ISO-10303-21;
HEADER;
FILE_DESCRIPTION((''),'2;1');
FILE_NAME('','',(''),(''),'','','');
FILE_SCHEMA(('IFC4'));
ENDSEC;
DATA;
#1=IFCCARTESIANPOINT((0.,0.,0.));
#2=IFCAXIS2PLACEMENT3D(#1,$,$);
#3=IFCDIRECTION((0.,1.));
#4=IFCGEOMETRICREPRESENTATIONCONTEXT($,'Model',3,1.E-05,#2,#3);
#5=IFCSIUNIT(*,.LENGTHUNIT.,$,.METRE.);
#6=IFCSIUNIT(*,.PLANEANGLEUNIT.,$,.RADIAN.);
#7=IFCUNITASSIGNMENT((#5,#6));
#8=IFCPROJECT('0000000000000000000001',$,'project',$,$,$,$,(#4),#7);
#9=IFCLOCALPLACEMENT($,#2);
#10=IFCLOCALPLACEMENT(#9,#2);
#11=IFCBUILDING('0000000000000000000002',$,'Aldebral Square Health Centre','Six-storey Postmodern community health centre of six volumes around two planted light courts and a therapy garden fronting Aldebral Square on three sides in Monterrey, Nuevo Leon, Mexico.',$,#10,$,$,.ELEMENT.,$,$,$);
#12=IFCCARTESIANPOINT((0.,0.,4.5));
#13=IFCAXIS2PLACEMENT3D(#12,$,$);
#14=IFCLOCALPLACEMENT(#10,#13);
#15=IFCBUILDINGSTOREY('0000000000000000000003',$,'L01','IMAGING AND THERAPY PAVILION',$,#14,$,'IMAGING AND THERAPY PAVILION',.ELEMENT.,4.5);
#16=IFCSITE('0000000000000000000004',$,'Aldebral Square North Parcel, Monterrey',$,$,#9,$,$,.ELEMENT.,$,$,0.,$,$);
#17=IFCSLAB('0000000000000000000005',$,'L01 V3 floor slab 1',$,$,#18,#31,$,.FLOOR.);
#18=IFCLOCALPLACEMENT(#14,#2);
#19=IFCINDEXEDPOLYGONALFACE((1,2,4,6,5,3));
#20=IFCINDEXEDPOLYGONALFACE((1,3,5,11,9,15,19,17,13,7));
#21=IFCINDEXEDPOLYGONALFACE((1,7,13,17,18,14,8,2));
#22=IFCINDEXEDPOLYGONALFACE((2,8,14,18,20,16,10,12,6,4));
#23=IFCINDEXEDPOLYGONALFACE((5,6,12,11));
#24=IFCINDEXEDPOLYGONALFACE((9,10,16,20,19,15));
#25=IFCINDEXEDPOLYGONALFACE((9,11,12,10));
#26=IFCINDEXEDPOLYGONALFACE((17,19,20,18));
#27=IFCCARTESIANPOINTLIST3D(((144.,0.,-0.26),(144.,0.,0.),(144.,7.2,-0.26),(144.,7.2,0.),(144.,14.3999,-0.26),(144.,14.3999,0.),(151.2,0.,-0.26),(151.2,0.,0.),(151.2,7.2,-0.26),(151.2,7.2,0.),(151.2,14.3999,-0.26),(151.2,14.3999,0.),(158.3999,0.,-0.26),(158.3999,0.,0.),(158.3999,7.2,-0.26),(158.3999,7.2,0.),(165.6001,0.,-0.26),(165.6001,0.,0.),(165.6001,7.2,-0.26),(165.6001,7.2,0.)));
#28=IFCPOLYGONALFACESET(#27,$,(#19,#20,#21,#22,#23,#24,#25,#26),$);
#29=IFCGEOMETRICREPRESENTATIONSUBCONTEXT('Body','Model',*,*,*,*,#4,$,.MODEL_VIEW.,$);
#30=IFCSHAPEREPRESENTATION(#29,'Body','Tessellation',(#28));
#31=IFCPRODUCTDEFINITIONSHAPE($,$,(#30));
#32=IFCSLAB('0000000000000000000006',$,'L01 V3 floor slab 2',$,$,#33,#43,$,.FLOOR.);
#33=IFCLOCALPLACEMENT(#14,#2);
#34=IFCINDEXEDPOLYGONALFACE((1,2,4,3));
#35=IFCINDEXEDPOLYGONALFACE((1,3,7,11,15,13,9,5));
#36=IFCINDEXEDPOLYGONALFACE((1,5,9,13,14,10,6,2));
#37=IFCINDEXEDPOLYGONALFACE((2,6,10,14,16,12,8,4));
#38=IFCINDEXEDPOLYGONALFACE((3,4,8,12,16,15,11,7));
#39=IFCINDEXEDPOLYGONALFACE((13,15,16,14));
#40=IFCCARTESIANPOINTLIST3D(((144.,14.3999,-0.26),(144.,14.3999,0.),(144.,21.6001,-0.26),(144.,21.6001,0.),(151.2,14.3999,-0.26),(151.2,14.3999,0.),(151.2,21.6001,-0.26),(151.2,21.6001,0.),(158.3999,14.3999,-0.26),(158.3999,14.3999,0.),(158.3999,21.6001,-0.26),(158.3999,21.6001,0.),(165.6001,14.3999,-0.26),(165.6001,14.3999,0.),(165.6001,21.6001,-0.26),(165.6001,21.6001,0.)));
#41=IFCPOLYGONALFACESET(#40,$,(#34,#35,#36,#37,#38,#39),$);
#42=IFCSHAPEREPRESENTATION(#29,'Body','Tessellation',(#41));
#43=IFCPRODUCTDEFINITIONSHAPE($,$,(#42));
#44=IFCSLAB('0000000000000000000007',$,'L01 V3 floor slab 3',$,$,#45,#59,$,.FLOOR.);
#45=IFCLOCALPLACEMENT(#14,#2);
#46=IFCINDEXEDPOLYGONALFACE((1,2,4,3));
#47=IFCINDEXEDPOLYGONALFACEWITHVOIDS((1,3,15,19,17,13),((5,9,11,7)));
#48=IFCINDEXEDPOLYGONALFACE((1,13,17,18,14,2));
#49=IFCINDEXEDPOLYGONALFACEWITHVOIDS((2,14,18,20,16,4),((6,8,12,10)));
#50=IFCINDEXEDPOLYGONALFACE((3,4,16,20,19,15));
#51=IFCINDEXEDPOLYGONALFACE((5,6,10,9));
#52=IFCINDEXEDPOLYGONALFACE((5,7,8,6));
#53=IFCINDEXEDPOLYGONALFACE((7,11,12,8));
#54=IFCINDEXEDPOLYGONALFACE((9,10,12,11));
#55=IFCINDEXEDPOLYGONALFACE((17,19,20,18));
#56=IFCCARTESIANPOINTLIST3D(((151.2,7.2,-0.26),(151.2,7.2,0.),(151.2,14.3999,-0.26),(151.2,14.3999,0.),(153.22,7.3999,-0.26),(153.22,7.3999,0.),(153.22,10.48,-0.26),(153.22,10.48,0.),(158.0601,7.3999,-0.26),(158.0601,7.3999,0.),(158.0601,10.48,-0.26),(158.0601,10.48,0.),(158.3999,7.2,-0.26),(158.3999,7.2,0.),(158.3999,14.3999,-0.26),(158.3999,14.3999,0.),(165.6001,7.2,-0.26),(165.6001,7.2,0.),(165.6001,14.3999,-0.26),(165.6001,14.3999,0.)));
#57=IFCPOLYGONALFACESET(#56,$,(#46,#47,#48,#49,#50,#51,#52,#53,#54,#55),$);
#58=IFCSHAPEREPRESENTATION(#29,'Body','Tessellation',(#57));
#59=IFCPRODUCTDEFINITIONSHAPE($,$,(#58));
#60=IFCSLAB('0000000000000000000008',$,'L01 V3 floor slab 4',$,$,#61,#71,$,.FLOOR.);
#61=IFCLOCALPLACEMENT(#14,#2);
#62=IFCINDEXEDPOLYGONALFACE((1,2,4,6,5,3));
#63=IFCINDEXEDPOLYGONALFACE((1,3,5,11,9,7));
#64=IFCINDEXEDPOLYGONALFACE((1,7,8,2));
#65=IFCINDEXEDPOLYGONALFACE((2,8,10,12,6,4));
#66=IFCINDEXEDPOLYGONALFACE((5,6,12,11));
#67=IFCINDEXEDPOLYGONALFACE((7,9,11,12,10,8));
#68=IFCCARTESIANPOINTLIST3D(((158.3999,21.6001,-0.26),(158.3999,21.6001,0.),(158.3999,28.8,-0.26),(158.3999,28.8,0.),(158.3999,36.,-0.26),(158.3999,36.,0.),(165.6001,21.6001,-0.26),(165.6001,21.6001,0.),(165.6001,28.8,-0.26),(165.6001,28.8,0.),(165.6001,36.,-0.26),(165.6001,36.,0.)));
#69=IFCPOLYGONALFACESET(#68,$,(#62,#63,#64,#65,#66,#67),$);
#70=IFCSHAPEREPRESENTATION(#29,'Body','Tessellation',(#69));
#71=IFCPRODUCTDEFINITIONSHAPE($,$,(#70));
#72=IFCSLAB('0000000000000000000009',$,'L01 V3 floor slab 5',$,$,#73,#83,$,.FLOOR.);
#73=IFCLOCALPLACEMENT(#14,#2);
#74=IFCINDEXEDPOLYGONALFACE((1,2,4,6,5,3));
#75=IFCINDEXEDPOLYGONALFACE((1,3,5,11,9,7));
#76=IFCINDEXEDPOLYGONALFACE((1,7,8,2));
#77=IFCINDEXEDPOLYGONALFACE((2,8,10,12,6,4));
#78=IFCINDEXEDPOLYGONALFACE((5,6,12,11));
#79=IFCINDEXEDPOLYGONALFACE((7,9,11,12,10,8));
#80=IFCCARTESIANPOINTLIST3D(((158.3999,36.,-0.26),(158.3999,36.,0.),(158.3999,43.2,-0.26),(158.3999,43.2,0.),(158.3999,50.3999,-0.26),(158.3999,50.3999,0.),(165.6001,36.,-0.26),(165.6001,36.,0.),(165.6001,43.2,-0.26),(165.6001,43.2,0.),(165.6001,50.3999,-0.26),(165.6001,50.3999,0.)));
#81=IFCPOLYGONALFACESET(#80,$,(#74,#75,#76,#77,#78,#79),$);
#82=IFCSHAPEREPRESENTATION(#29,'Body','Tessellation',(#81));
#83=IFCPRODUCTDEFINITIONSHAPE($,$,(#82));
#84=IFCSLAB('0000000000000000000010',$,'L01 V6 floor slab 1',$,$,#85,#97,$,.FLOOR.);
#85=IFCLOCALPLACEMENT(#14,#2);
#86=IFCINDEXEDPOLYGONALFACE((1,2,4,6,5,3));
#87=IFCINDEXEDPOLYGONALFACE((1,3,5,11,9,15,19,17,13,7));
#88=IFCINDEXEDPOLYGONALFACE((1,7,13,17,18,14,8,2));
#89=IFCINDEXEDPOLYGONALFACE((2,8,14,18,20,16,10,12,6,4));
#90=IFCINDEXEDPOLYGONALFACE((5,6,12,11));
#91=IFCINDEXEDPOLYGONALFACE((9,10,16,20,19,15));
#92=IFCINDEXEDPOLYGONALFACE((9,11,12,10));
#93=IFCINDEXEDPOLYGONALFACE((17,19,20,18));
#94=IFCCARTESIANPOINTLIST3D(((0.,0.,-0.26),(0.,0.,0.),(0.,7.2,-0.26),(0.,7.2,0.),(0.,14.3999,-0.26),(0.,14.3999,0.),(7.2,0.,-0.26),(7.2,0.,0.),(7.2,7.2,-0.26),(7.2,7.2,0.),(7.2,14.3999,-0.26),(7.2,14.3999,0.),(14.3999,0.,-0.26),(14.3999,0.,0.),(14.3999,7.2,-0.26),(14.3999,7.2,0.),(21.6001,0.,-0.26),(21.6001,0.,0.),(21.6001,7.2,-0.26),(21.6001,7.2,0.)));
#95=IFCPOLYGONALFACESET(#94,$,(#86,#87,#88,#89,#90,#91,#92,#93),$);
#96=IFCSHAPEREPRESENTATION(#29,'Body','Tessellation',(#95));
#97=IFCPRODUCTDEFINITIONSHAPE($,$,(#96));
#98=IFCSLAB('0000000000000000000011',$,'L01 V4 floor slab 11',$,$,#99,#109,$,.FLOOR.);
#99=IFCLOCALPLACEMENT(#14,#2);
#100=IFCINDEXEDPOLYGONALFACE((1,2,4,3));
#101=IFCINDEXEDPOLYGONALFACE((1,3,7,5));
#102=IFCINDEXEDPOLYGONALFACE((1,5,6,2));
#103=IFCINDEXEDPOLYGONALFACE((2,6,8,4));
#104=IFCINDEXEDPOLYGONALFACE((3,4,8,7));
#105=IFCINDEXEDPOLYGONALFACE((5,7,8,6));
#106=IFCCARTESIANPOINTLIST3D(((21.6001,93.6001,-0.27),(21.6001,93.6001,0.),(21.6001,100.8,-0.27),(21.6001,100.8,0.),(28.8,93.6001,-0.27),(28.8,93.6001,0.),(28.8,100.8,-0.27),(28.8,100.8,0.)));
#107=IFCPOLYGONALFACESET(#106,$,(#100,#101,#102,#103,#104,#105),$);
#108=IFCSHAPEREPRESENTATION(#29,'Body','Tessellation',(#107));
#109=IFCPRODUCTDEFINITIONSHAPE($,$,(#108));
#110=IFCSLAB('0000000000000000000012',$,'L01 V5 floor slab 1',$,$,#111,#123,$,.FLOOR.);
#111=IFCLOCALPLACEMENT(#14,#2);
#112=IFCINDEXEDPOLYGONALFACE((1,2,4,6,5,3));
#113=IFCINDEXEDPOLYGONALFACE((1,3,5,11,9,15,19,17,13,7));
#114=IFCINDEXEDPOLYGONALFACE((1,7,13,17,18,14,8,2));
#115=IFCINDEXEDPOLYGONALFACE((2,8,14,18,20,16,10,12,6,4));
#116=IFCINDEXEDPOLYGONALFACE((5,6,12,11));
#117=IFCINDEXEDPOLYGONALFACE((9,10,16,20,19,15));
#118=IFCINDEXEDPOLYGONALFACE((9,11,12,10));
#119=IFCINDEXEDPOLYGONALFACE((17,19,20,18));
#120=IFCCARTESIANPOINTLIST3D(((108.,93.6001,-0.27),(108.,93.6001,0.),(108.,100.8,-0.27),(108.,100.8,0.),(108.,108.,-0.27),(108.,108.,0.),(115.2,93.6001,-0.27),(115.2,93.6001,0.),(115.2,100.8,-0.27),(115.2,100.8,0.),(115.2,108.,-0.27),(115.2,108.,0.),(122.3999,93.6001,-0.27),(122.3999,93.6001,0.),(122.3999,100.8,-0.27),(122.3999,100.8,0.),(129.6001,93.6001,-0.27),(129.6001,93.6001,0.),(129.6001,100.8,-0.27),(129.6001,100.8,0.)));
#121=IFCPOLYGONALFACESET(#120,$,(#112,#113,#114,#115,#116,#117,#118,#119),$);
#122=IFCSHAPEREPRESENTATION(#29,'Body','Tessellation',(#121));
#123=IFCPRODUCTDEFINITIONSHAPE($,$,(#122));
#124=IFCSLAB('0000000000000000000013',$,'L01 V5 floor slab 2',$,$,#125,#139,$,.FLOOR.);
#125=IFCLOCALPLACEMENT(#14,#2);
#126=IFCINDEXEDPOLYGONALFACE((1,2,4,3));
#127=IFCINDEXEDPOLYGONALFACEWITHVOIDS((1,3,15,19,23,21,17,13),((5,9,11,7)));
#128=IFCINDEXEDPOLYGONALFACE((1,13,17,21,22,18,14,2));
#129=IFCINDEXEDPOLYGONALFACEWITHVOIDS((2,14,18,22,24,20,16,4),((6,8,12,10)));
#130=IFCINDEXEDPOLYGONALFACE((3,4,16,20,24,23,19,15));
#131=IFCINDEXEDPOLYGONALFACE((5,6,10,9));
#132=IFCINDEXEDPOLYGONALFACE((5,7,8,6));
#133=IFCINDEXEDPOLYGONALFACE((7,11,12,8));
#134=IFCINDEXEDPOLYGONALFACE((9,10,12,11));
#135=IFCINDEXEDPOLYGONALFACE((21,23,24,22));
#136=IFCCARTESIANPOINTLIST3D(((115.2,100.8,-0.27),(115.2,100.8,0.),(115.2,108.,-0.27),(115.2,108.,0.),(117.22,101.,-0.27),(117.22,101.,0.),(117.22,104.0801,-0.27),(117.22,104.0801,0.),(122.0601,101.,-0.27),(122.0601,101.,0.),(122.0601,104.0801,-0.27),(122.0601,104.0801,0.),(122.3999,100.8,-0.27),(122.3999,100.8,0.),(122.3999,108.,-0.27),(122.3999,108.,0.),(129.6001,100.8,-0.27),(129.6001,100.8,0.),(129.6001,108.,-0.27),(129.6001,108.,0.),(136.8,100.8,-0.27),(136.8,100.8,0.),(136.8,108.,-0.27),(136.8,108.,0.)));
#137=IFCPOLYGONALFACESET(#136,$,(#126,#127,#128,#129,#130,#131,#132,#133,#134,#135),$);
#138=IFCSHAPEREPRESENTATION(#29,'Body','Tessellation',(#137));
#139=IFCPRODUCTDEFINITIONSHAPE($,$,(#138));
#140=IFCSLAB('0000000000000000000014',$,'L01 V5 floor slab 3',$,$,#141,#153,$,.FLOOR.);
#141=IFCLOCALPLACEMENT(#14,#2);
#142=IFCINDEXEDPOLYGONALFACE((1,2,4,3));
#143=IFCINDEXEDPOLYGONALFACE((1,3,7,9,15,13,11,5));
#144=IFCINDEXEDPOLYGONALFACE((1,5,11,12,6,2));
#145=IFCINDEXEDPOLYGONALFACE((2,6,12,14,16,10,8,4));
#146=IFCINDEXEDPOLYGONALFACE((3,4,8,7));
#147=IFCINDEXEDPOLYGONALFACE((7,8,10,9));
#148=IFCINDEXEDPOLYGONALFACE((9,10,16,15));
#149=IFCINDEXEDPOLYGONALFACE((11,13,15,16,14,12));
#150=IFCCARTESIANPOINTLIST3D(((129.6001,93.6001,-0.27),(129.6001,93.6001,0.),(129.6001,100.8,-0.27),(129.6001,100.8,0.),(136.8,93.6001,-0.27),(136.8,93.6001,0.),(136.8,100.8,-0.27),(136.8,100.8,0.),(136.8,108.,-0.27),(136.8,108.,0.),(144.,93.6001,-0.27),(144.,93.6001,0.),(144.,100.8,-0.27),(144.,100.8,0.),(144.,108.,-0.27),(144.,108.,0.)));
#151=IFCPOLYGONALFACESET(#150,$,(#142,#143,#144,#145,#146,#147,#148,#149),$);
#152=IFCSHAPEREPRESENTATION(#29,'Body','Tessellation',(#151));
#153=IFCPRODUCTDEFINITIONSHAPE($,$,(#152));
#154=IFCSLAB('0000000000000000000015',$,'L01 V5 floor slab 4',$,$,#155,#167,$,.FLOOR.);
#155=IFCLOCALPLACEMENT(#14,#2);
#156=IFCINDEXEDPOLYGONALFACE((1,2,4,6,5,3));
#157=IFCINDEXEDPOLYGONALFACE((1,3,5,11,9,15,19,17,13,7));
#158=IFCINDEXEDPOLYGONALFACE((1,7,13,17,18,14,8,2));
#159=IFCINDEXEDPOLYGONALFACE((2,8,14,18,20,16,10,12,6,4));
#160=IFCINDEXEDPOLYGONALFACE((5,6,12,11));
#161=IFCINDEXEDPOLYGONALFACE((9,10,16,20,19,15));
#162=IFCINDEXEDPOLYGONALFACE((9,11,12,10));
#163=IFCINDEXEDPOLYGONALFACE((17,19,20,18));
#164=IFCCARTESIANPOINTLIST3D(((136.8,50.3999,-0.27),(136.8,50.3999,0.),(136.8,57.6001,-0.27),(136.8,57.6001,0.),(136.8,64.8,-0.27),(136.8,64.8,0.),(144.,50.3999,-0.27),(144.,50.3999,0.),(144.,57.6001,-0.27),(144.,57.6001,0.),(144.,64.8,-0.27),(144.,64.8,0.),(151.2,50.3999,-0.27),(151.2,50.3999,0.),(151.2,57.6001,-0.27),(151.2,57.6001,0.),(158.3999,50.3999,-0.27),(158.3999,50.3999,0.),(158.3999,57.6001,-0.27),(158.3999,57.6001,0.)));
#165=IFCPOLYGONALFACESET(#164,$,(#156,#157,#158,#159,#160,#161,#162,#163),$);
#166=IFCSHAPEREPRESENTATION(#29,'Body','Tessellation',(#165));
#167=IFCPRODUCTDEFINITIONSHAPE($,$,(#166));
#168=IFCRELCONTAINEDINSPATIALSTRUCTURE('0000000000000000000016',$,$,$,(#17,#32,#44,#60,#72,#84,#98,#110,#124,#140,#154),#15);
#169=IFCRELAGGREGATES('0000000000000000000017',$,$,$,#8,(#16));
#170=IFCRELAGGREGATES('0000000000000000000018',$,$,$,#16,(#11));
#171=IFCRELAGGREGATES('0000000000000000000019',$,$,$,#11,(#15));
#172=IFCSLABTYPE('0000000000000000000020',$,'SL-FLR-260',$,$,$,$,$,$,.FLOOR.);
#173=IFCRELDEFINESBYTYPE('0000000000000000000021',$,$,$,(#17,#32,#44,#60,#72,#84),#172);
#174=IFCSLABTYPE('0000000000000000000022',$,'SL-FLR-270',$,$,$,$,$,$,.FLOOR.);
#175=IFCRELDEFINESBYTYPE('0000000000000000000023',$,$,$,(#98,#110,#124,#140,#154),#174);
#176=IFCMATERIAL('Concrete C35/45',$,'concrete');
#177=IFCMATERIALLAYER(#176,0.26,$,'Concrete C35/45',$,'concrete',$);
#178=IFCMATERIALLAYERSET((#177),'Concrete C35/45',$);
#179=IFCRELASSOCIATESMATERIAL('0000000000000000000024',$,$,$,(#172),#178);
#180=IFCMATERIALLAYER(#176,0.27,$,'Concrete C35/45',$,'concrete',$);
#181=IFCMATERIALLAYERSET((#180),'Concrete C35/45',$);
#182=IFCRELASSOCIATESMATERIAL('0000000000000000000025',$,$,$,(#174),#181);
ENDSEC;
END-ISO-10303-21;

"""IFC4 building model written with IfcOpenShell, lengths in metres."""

from ifc_helpers import new_model, si_unit, direction, frame, origin, place, context, subcontext, project, spatial, polyline, outline, extrude, material, layer, layer_set, type_object, element, save


model = new_model("IFC4")

# Units and contexts
model_context = context("Model", 3, precision=1e-05, world=origin(), true_north=direction((0.0, 1.0)))
body_context = subcontext(model_context, "Body", "Model", "MODEL_VIEW")
ifc_project = project(units=[si_unit("LENGTHUNIT", "METRE"), si_unit("PLANEANGLEUNIT", "RADIAN")], contexts=[model_context])

# Site, building, storey
site_placement = place(None, origin())
site = spatial("IfcSite", under=ifc_project, at=site_placement, Name="Aldebral Square North Parcel, Monterrey", CompositionType="ELEMENT", RefElevation=0.0)
building_placement = place(site_placement, origin())
building = spatial("IfcBuilding", under=site, at=building_placement, Name="Aldebral Square Health Centre", Description="Six-storey Postmodern community health centre of six volumes around two planted light courts and a therapy garden fronting Aldebral Square on three sides in Monterrey, Nuevo Leon, Mexico.", CompositionType="ELEMENT")
storey_placement = place(building_placement, frame((0.0, 0.0, 4.5)))
storey = spatial("IfcBuildingStorey", under=building, at=storey_placement, Name="L01", Description="IMAGING AND THERAPY PAVILION", LongName="IMAGING AND THERAPY PAVILION", CompositionType="ELEMENT", Elevation=4.5)

# Slabs
ifc_material = material(Name="Concrete C35/45", Category="concrete")
ifc_layer_1 = layer(ifc_material, 0.26, Name="Concrete C35/45", Category="concrete")
ifc_layer_set_1 = layer_set([ifc_layer_1], Name="Concrete C35/45")
slab_type_1 = type_object("IfcSlabType", Name="SL-FLR-260", PredefinedType="FLOOR", material=ifc_layer_set_1)
slab_1_placement = place(storey_placement, frame((0.0, 0.0, -0.26)))
element("IfcSlab", 1, at=slab_1_placement, inside=storey, type_object=slab_type_1, Name="L01 V3 floor slab 1", PredefinedType="FLOOR", context=body_context, shape_type="SweptSolid", body=[
    extrude(outline(polyline([(144.0, 14.3999), (151.2, 14.3999), (151.2, 7.2), (158.3999, 7.2), (165.6001, 7.2), (165.6001, 0.0), (158.3999, 0.0), (151.2, 0.0), (144.0, 0.0), (144.0, 7.2), (144.0, 14.3999)])), origin(), (0.0, 0.0, 1.0), 0.26),
])
slab_2_placement = place(storey_placement, frame((0.0, 0.0, -0.26)))
element("IfcSlab", 2, at=slab_2_placement, inside=storey, type_object=slab_type_1, Name="L01 V3 floor slab 2", PredefinedType="FLOOR", context=body_context, shape_type="SweptSolid", body=[
    extrude(outline(polyline([(144.0, 21.6001), (151.2, 21.6001), (158.3999, 21.6001), (165.6001, 21.6001), (165.6001, 14.3999), (158.3999, 14.3999), (151.2, 14.3999), (144.0, 14.3999), (144.0, 21.6001)])), origin(), (0.0, 0.0, 1.0), 0.26),
])
slab_3_placement = place(storey_placement, frame((0.0, 0.0, -0.26)))
element("IfcSlab", 3, at=slab_3_placement, inside=storey, type_object=slab_type_1, Name="L01 V3 floor slab 3", PredefinedType="FLOOR", context=body_context, shape_type="SweptSolid", body=[
    extrude(outline(polyline([(151.2, 14.3999), (158.3999, 14.3999), (165.6001, 14.3999), (165.6001, 7.2), (158.3999, 7.2), (151.2, 7.2), (151.2, 14.3999)]), holes=[polyline([(158.0601, 10.48), (153.22, 10.48), (153.22, 7.3999), (158.0601, 7.3999), (158.0601, 10.48)])]), origin(), (0.0, 0.0, 1.0), 0.26),
])
slab_4_placement = place(storey_placement, frame((0.0, 0.0, -0.26)))
element("IfcSlab", 4, at=slab_4_placement, inside=storey, type_object=slab_type_1, Name="L01 V3 floor slab 4", PredefinedType="FLOOR", context=body_context, shape_type="SweptSolid", body=[
    extrude(outline(polyline([(158.3999, 21.6001), (158.3999, 28.8), (158.3999, 36.0), (165.6001, 36.0), (165.6001, 28.8), (165.6001, 21.6001), (158.3999, 21.6001)])), origin(), (0.0, 0.0, 1.0), 0.26),
])
slab_5_placement = place(storey_placement, frame((0.0, 0.0, -0.26)))
element("IfcSlab", 5, at=slab_5_placement, inside=storey, type_object=slab_type_1, Name="L01 V3 floor slab 5", PredefinedType="FLOOR", context=body_context, shape_type="SweptSolid", body=[
    extrude(outline(polyline([(158.3999, 36.0), (158.3999, 43.2), (158.3999, 50.3999), (165.6001, 50.3999), (165.6001, 43.2), (165.6001, 36.0), (158.3999, 36.0)])), origin(), (0.0, 0.0, 1.0), 0.26),
])
slab_6_placement = place(storey_placement, frame((0.0, 0.0, -0.26)))
element("IfcSlab", 6, at=slab_6_placement, inside=storey, type_object=slab_type_1, Name="L01 V6 floor slab 1", PredefinedType="FLOOR", context=body_context, shape_type="SweptSolid", body=[
    extrude(outline(polyline([(0.0, 14.3999), (7.2, 14.3999), (7.2, 7.2), (14.3999, 7.2), (21.6001, 7.2), (21.6001, 0.0), (14.3999, 0.0), (7.2, 0.0), (0.0, 0.0), (0.0, 7.2), (0.0, 14.3999)])), origin(), (0.0, 0.0, 1.0), 0.26),
])
ifc_layer_2 = layer(ifc_material, 0.27, Name="Concrete C35/45", Category="concrete")
ifc_layer_set_2 = layer_set([ifc_layer_2], Name="Concrete C35/45")
slab_type_2 = type_object("IfcSlabType", Name="SL-FLR-270", PredefinedType="FLOOR", material=ifc_layer_set_2)
slab_7_placement = place(storey_placement, frame((0.0, 0.0, -0.27)))
element("IfcSlab", 7, at=slab_7_placement, inside=storey, type_object=slab_type_2, Name="L01 V4 floor slab 11", PredefinedType="FLOOR", context=body_context, shape_type="SweptSolid", body=[
    extrude(outline(polyline([(21.6001, 93.6001), (21.6001, 100.8), (28.8, 100.8), (28.8, 93.6001), (21.6001, 93.6001)])), origin(), (0.0, 0.0, 1.0), 0.27),
])
slab_8_placement = place(storey_placement, frame((0.0, 0.0, -0.27)))
element("IfcSlab", 8, at=slab_8_placement, inside=storey, type_object=slab_type_2, Name="L01 V5 floor slab 1", PredefinedType="FLOOR", context=body_context, shape_type="SweptSolid", body=[
    extrude(outline(polyline([(108.0, 108.0), (115.2, 108.0), (115.2, 100.8), (122.3999, 100.8), (129.6001, 100.8), (129.6001, 93.6001), (122.3999, 93.6001), (115.2, 93.6001), (108.0, 93.6001), (108.0, 100.8), (108.0, 108.0)])), origin(), (0.0, 0.0, 1.0), 0.27),
])
slab_9_placement = place(storey_placement, frame((0.0, 0.0, -0.27)))
element("IfcSlab", 9, at=slab_9_placement, inside=storey, type_object=slab_type_2, Name="L01 V5 floor slab 2", PredefinedType="FLOOR", context=body_context, shape_type="SweptSolid", body=[
    extrude(outline(polyline([(115.2, 108.0), (122.3999, 108.0), (129.6001, 108.0), (136.8, 108.0), (136.8, 100.8), (129.6001, 100.8), (122.3999, 100.8), (115.2, 100.8), (115.2, 108.0)]), holes=[polyline([(122.0601, 104.0801), (117.22, 104.0801), (117.22, 101.0), (122.0601, 101.0), (122.0601, 104.0801)])]), origin(), (0.0, 0.0, 1.0), 0.27),
])
slab_10_placement = place(storey_placement, frame((0.0, 0.0, -0.27)))
element("IfcSlab", 10, at=slab_10_placement, inside=storey, type_object=slab_type_2, Name="L01 V5 floor slab 3", PredefinedType="FLOOR", context=body_context, shape_type="SweptSolid", body=[
    extrude(outline(polyline([(129.6001, 100.8), (136.8, 100.8), (136.8, 108.0), (144.0, 108.0), (144.0, 100.8), (144.0, 93.6001), (136.8, 93.6001), (129.6001, 93.6001), (129.6001, 100.8)])), origin(), (0.0, 0.0, 1.0), 0.27),
])
slab_11_placement = place(storey_placement, frame((0.0, 0.0, -0.27)))
element("IfcSlab", 11, at=slab_11_placement, inside=storey, type_object=slab_type_2, Name="L01 V5 floor slab 4", PredefinedType="FLOOR", context=body_context, shape_type="SweptSolid", body=[
    extrude(outline(polyline([(136.8, 64.8), (144.0, 64.8), (144.0, 57.6001), (151.2, 57.6001), (158.3999, 57.6001), (158.3999, 50.3999), (151.2, 50.3999), (144.0, 50.3999), (136.8, 50.3999), (136.8, 57.6001), (136.8, 64.8)])), origin(), (0.0, 0.0, 1.0), 0.27),
])

save(model, "model.ifc")
